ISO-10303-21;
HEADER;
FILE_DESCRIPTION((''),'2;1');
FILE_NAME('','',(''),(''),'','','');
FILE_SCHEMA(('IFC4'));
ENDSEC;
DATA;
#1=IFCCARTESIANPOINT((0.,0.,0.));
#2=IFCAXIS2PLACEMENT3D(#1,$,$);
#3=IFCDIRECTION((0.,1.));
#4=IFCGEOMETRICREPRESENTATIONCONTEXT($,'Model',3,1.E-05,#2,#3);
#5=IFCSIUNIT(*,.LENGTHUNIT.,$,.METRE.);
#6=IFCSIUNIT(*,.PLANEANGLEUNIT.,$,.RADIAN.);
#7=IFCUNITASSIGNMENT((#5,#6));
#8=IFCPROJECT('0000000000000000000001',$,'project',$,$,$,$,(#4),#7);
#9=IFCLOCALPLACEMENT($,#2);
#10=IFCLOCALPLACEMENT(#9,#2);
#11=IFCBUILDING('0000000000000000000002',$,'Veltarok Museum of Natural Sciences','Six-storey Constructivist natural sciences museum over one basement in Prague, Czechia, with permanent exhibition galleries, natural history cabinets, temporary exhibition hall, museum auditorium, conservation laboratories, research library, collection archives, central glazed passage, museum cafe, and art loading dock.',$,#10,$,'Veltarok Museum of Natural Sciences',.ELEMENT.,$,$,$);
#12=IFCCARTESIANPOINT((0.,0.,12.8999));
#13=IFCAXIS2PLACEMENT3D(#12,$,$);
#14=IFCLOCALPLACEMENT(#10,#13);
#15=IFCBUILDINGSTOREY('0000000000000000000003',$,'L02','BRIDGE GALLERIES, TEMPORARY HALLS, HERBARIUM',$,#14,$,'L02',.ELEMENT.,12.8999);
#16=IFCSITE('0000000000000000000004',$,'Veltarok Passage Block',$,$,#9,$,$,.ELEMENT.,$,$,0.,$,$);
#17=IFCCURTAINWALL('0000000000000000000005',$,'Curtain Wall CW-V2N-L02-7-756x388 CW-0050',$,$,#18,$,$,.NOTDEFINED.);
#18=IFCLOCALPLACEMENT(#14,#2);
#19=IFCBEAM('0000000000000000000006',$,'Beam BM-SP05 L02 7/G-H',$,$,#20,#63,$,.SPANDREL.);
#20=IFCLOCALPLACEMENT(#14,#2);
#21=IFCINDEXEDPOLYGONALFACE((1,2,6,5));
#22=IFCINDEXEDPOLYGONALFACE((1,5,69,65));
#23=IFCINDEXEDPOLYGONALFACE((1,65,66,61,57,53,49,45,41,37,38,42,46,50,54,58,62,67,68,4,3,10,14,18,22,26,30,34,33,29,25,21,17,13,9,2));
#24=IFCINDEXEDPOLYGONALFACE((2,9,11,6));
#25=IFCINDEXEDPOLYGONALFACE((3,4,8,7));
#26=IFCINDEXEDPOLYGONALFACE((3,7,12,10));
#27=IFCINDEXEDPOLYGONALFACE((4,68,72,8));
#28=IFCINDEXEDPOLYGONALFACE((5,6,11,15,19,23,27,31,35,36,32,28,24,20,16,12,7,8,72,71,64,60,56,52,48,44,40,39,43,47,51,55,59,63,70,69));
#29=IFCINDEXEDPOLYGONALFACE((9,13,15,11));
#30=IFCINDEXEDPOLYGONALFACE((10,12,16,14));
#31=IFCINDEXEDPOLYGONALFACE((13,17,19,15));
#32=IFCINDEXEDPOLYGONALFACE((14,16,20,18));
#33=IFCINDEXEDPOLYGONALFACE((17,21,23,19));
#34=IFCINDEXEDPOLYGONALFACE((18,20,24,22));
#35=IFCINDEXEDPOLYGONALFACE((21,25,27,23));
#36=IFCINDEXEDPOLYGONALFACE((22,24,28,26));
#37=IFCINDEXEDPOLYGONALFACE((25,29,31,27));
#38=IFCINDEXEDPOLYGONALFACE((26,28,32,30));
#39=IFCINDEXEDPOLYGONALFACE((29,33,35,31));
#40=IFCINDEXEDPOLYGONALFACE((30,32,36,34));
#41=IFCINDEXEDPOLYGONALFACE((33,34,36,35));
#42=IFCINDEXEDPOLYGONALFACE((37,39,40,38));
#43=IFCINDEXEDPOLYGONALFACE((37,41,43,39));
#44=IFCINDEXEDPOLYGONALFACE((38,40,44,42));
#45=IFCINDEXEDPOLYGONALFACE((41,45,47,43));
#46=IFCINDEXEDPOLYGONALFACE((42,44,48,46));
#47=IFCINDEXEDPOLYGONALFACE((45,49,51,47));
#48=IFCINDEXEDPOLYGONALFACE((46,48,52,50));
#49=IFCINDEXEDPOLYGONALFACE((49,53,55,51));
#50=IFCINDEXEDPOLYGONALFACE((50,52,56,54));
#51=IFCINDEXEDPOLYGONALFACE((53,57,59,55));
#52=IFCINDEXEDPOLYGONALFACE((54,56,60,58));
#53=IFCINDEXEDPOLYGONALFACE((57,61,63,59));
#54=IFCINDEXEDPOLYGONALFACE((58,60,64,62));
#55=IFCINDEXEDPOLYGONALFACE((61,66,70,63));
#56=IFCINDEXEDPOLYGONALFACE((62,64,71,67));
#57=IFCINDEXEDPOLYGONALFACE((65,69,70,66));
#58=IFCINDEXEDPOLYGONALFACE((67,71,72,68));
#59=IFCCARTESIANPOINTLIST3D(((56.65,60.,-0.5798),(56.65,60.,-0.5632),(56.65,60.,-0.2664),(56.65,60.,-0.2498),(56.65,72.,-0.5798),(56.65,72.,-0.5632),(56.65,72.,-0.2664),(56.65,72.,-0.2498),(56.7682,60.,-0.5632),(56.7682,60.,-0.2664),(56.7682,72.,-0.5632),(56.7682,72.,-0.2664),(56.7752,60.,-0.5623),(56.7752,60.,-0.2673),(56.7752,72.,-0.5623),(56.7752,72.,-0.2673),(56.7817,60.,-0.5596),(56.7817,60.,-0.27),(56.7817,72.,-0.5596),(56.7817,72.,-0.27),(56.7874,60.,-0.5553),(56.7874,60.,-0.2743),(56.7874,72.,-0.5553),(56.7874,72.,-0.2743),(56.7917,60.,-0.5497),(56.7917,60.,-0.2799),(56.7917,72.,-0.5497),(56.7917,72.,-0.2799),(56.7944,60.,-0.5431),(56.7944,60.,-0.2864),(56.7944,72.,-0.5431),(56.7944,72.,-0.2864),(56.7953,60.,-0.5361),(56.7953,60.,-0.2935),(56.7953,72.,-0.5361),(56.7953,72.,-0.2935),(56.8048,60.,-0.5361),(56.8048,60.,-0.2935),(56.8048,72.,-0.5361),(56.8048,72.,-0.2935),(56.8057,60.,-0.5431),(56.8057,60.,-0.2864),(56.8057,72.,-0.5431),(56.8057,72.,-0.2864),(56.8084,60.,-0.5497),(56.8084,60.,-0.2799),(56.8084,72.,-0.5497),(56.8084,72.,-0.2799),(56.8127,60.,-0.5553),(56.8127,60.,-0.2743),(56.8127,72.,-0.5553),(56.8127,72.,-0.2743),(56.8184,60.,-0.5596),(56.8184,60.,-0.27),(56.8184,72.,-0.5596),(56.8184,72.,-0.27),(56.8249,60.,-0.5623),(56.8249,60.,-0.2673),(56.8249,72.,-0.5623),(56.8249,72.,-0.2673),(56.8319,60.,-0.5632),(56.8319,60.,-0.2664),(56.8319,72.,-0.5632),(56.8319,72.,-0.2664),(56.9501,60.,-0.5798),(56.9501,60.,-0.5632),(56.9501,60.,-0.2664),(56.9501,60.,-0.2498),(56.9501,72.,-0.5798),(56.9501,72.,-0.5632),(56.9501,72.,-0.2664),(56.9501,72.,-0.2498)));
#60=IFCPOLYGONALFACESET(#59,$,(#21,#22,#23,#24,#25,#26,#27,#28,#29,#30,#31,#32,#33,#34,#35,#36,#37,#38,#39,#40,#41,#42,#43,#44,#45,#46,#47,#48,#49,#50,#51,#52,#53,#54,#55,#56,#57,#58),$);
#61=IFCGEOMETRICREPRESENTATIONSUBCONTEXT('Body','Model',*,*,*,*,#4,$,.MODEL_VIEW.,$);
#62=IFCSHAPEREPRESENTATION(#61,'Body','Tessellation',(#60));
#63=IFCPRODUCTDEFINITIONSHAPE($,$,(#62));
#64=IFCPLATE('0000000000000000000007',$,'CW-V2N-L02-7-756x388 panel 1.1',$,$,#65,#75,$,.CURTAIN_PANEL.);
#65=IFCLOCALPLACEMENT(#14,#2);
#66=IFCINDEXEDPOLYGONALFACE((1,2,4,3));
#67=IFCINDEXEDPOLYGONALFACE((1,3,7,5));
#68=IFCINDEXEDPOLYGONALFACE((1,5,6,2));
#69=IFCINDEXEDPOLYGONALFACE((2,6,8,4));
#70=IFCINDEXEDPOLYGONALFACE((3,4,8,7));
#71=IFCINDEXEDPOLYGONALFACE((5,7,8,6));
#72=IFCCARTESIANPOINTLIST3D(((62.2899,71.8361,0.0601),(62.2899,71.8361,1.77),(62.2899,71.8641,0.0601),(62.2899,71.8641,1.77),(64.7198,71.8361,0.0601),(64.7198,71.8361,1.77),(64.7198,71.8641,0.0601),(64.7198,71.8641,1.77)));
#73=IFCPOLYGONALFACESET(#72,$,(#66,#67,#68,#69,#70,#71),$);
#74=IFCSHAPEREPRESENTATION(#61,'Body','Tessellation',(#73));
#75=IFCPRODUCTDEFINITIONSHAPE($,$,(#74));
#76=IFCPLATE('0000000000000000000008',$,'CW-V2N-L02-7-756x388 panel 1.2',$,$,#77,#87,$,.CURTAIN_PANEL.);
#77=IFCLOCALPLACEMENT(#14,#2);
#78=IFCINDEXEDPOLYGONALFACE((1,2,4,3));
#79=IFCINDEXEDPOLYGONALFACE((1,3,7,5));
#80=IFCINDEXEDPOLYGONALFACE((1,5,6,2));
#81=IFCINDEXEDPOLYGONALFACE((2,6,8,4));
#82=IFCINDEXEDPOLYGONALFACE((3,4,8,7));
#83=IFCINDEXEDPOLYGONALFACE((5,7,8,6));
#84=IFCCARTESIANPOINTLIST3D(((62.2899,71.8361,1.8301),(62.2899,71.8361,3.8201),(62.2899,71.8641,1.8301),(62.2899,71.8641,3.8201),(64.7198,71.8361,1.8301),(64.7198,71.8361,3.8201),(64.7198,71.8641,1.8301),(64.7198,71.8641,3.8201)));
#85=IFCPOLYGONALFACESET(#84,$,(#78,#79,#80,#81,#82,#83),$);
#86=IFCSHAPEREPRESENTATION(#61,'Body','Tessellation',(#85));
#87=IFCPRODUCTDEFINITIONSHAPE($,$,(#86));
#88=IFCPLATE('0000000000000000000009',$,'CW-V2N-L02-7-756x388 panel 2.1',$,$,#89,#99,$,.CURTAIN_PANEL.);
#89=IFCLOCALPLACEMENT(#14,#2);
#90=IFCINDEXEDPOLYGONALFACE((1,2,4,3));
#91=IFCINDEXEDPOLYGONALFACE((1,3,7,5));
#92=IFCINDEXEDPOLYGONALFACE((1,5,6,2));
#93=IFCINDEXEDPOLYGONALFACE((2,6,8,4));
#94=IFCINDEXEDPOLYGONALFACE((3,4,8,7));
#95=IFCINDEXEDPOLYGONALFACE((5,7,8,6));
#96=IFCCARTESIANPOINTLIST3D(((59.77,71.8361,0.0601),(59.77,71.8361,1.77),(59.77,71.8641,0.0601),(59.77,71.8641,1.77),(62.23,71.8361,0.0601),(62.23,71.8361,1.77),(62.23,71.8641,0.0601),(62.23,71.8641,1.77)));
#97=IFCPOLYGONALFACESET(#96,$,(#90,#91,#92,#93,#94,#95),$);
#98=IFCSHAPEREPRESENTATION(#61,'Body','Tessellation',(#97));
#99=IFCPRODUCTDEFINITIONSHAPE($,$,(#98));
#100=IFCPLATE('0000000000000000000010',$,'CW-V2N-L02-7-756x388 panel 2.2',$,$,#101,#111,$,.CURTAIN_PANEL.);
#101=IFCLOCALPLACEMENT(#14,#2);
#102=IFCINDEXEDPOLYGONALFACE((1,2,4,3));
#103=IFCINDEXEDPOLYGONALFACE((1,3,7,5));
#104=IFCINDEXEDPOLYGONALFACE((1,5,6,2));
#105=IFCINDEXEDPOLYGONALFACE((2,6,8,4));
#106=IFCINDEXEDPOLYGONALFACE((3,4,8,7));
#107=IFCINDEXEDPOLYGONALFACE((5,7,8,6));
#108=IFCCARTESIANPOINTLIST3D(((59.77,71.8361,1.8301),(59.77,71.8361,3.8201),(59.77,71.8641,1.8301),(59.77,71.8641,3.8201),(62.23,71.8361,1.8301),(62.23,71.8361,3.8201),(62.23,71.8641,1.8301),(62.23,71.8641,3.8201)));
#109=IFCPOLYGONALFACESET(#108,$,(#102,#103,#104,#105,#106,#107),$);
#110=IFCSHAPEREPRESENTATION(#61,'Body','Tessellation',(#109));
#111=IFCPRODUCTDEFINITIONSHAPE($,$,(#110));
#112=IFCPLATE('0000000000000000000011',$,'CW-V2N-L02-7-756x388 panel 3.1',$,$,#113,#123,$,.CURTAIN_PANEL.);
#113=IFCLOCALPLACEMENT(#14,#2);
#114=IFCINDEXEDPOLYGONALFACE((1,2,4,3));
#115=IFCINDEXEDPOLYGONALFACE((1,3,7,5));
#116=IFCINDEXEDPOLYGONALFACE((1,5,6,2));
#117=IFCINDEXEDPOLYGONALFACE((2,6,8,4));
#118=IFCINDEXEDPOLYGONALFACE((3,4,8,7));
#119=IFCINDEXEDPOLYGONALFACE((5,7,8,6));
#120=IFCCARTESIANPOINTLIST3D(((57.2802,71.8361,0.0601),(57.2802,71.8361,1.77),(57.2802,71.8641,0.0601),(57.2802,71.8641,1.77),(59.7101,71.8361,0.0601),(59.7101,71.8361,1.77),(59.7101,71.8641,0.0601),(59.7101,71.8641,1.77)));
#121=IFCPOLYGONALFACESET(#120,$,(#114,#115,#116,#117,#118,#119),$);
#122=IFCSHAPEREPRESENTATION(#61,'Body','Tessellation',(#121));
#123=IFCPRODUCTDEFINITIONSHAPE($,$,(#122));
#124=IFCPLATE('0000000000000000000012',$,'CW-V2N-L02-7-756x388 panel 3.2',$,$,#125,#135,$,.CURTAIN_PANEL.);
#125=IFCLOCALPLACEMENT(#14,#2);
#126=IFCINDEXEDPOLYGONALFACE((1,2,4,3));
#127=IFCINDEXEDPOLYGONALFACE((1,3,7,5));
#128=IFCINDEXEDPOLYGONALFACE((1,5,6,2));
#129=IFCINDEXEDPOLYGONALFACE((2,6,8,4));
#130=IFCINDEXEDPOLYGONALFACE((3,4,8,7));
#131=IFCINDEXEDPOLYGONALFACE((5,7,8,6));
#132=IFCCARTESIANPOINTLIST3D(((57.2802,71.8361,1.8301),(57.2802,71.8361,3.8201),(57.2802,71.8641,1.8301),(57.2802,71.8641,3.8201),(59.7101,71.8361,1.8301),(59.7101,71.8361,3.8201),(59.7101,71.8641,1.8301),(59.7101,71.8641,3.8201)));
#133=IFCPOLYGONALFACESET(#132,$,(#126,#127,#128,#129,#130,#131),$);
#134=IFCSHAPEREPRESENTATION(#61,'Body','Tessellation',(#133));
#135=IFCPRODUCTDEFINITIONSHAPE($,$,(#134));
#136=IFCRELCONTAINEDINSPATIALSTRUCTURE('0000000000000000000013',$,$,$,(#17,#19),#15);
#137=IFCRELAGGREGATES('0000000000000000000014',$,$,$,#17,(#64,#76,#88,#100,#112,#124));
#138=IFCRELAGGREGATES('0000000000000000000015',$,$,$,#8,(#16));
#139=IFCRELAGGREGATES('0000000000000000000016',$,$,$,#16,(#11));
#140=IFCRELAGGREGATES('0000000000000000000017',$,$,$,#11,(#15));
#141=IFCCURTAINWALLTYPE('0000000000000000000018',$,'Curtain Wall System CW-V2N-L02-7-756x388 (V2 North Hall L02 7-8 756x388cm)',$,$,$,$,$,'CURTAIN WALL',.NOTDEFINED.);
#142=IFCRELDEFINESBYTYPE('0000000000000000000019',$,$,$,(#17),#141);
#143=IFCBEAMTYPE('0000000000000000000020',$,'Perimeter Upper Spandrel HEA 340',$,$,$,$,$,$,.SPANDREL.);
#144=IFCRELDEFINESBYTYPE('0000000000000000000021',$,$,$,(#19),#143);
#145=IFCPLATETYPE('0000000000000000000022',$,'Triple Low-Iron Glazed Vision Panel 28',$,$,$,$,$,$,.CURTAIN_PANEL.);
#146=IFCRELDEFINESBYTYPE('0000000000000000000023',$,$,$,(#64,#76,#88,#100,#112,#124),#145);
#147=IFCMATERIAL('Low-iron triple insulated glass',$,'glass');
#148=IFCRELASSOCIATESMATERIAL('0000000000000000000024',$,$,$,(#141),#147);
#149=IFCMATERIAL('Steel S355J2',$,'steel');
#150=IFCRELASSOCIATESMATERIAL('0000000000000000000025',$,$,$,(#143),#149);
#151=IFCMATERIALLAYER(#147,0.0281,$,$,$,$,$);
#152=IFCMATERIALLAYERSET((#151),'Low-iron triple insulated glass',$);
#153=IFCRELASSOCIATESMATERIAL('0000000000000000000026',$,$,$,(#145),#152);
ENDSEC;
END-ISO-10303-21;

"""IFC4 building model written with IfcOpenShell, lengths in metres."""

from ifc_helpers import new_model, si_unit, direction, frame, origin, origin_2d, place, context, subcontext, project, spatial, rectangle, i_section, extrude, material, layer, layer_set, material_profile, profile_set, type_object, element, aggregate, save


model = new_model("IFC4")

# Units and contexts
model_context = context("Model", 3, precision=1e-05, world=origin(), true_north=direction((0.0, 1.0)))
body_context = subcontext(model_context, "Body", "Model", "MODEL_VIEW")
ifc_project = project(units=[si_unit("LENGTHUNIT", "METRE"), si_unit("PLANEANGLEUNIT", "RADIAN")], contexts=[model_context])

# Site, building, storey
site_placement = place(None, origin())
site = spatial("IfcSite", under=ifc_project, at=site_placement, Name="Veltarok Passage Block", CompositionType="ELEMENT", RefElevation=0.0)
building_placement = place(site_placement, origin())
building = spatial("IfcBuilding", under=site, at=building_placement, Name="Veltarok Museum of Natural Sciences", Description="Six-storey Constructivist natural sciences museum over one basement in Prague, Czechia, with permanent exhibition galleries, natural history cabinets, temporary exhibition hall, museum auditorium, conservation laboratories, research library, collection archives, central glazed passage, museum cafe, and art loading dock.", LongName="Veltarok Museum of Natural Sciences", CompositionType="ELEMENT")
storey_placement = place(building_placement, frame((0.0, 0.0, 12.8999)))
storey = spatial("IfcBuildingStorey", under=building, at=storey_placement, Name="L02", Description="BRIDGE GALLERIES, TEMPORARY HALLS, HERBARIUM", LongName="L02", CompositionType="ELEMENT", Elevation=12.8999)

# Shared definitions
ifc_material_1 = material(Name="Steel S355J2", Category="steel")

# Curtain wall
ifc_material_2 = material(Name="Low-iron triple insulated glass", Category="glass")
curtain_wall_type = type_object("IfcCurtainWallType", Name="Curtain Wall System CW-V2N-L02-7-756x388 (V2 North Hall L02 7-8 756x388cm)", ElementType="CURTAIN WALL", PredefinedType="NOTDEFINED", material=ifc_material_2)
curtain_wall_placement = place(storey_placement, origin())
curtain_wall = element("IfcCurtainWall", 1, at=curtain_wall_placement, inside=storey, type_object=curtain_wall_type, Name="Curtain Wall CW-V2N-L02-7-756x388 CW-0050", PredefinedType="NOTDEFINED")

# Beam
ifc_material_profile_1 = material_profile(ifc_material_1, i_section(OverallWidth=0.3, OverallDepth=0.3301, WebThickness=0.0095, FlangeThickness=0.0166, FilletRadius=0.0271, at=origin_2d()), Name="HEA 340")
ifc_profile_set_1 = profile_set([ifc_material_profile_1], Name="Steel S355J2")
beam_type_1 = type_object("IfcBeamType", Name="Perimeter Upper Spandrel HEA 340", PredefinedType="SPANDREL", material=ifc_profile_set_1)
beam_1_placement = place(storey_placement, frame((56.8, 60.0, -0.4148), z_axis=(0.0, 1.0, 0.0), x_axis=(-1.0, 0.0, 0.0)))
element("IfcBeam", 2, at=beam_1_placement, inside=storey, type_object=beam_type_1, Name="Beam BM-SP05 L02 7/G-H", PredefinedType="SPANDREL", context=body_context, shape_type="SweptSolid", body=[
    extrude(i_section(OverallWidth=0.3, OverallDepth=0.3301, WebThickness=0.0095, FlangeThickness=0.0166, FilletRadius=0.0271, at=origin_2d()), origin(), (0.0, 0.0, 1.0), 12.0),
])

# Plates
ifc_layer = layer(ifc_material_2, 0.0281)
ifc_layer_set = layer_set([ifc_layer], Name="Low-iron triple insulated glass")
plate_type = type_object("IfcPlateType", Name="Triple Low-Iron Glazed Vision Panel 28", PredefinedType="CURTAIN_PANEL", material=ifc_layer_set)
plate_1_placement = place(storey_placement, frame((63.5049, 71.8501, 0.0601), z_axis=(0.0, 0.0, 1.0), x_axis=(-1.0, 0.0, 0.0)))
plate_1 = element("IfcPlate", 3, at=plate_1_placement, type_object=plate_type, Name="CW-V2N-L02-7-756x388 panel 1.1", PredefinedType="CURTAIN_PANEL", context=body_context, shape_type="SweptSolid", body=[
    extrude(rectangle(XDim=2.4299, YDim=0.0281, at=origin_2d()), origin(), (0.0, 0.0, 1.0), 1.71),
])
plate_2_placement = place(storey_placement, frame((63.5049, 71.8501, 1.8301), z_axis=(0.0, 0.0, 1.0), x_axis=(-1.0, 0.0, 0.0)))
plate_2 = element("IfcPlate", 4, at=plate_2_placement, type_object=plate_type, Name="CW-V2N-L02-7-756x388 panel 1.2", PredefinedType="CURTAIN_PANEL", context=body_context, shape_type="SweptSolid", body=[
    extrude(rectangle(XDim=2.4299, YDim=0.0281, at=origin_2d()), origin(), (0.0, 0.0, 1.0), 1.99),
])
plate_3_placement = place(storey_placement, frame((61.0, 71.8501, 0.0601), z_axis=(0.0, 0.0, 1.0), x_axis=(-1.0, 0.0, 0.0)))
plate_3 = element("IfcPlate", 5, at=plate_3_placement, type_object=plate_type, Name="CW-V2N-L02-7-756x388 panel 2.1", PredefinedType="CURTAIN_PANEL", context=body_context, shape_type="SweptSolid", body=[
    extrude(rectangle(XDim=2.46, YDim=0.0281, at=origin_2d()), origin(), (0.0, 0.0, 1.0), 1.71),
])
plate_4_placement = place(storey_placement, frame((61.0, 71.8501, 1.8301), z_axis=(0.0, 0.0, 1.0), x_axis=(-1.0, 0.0, 0.0)))
plate_4 = element("IfcPlate", 6, at=plate_4_placement, type_object=plate_type, Name="CW-V2N-L02-7-756x388 panel 2.2", PredefinedType="CURTAIN_PANEL", context=body_context, shape_type="SweptSolid", body=[
    extrude(rectangle(XDim=2.46, YDim=0.0281, at=origin_2d()), origin(), (0.0, 0.0, 1.0), 1.99),
])
plate_5_placement = place(storey_placement, frame((58.4951, 71.8501, 0.0601), z_axis=(0.0, 0.0, 1.0), x_axis=(-1.0, 0.0, 0.0)))
plate_5 = element("IfcPlate", 7, at=plate_5_placement, type_object=plate_type, Name="CW-V2N-L02-7-756x388 panel 3.1", PredefinedType="CURTAIN_PANEL", context=body_context, shape_type="SweptSolid", body=[
    extrude(rectangle(XDim=2.4299, YDim=0.0281, at=origin_2d()), origin(), (0.0, 0.0, 1.0), 1.71),
])
plate_6_placement = place(storey_placement, frame((58.4951, 71.8501, 1.8301), z_axis=(0.0, 0.0, 1.0), x_axis=(-1.0, 0.0, 0.0)))
plate_6 = element("IfcPlate", 8, at=plate_6_placement, type_object=plate_type, Name="CW-V2N-L02-7-756x388 panel 3.2", PredefinedType="CURTAIN_PANEL", context=body_context, shape_type="SweptSolid", body=[
    extrude(rectangle(XDim=2.4299, YDim=0.0281, at=origin_2d()), origin(), (0.0, 0.0, 1.0), 1.99),
])
aggregate(curtain_wall, [plate_1, plate_2, plate_3, plate_4, plate_5, plate_6])

save(model, "model.ifc")
